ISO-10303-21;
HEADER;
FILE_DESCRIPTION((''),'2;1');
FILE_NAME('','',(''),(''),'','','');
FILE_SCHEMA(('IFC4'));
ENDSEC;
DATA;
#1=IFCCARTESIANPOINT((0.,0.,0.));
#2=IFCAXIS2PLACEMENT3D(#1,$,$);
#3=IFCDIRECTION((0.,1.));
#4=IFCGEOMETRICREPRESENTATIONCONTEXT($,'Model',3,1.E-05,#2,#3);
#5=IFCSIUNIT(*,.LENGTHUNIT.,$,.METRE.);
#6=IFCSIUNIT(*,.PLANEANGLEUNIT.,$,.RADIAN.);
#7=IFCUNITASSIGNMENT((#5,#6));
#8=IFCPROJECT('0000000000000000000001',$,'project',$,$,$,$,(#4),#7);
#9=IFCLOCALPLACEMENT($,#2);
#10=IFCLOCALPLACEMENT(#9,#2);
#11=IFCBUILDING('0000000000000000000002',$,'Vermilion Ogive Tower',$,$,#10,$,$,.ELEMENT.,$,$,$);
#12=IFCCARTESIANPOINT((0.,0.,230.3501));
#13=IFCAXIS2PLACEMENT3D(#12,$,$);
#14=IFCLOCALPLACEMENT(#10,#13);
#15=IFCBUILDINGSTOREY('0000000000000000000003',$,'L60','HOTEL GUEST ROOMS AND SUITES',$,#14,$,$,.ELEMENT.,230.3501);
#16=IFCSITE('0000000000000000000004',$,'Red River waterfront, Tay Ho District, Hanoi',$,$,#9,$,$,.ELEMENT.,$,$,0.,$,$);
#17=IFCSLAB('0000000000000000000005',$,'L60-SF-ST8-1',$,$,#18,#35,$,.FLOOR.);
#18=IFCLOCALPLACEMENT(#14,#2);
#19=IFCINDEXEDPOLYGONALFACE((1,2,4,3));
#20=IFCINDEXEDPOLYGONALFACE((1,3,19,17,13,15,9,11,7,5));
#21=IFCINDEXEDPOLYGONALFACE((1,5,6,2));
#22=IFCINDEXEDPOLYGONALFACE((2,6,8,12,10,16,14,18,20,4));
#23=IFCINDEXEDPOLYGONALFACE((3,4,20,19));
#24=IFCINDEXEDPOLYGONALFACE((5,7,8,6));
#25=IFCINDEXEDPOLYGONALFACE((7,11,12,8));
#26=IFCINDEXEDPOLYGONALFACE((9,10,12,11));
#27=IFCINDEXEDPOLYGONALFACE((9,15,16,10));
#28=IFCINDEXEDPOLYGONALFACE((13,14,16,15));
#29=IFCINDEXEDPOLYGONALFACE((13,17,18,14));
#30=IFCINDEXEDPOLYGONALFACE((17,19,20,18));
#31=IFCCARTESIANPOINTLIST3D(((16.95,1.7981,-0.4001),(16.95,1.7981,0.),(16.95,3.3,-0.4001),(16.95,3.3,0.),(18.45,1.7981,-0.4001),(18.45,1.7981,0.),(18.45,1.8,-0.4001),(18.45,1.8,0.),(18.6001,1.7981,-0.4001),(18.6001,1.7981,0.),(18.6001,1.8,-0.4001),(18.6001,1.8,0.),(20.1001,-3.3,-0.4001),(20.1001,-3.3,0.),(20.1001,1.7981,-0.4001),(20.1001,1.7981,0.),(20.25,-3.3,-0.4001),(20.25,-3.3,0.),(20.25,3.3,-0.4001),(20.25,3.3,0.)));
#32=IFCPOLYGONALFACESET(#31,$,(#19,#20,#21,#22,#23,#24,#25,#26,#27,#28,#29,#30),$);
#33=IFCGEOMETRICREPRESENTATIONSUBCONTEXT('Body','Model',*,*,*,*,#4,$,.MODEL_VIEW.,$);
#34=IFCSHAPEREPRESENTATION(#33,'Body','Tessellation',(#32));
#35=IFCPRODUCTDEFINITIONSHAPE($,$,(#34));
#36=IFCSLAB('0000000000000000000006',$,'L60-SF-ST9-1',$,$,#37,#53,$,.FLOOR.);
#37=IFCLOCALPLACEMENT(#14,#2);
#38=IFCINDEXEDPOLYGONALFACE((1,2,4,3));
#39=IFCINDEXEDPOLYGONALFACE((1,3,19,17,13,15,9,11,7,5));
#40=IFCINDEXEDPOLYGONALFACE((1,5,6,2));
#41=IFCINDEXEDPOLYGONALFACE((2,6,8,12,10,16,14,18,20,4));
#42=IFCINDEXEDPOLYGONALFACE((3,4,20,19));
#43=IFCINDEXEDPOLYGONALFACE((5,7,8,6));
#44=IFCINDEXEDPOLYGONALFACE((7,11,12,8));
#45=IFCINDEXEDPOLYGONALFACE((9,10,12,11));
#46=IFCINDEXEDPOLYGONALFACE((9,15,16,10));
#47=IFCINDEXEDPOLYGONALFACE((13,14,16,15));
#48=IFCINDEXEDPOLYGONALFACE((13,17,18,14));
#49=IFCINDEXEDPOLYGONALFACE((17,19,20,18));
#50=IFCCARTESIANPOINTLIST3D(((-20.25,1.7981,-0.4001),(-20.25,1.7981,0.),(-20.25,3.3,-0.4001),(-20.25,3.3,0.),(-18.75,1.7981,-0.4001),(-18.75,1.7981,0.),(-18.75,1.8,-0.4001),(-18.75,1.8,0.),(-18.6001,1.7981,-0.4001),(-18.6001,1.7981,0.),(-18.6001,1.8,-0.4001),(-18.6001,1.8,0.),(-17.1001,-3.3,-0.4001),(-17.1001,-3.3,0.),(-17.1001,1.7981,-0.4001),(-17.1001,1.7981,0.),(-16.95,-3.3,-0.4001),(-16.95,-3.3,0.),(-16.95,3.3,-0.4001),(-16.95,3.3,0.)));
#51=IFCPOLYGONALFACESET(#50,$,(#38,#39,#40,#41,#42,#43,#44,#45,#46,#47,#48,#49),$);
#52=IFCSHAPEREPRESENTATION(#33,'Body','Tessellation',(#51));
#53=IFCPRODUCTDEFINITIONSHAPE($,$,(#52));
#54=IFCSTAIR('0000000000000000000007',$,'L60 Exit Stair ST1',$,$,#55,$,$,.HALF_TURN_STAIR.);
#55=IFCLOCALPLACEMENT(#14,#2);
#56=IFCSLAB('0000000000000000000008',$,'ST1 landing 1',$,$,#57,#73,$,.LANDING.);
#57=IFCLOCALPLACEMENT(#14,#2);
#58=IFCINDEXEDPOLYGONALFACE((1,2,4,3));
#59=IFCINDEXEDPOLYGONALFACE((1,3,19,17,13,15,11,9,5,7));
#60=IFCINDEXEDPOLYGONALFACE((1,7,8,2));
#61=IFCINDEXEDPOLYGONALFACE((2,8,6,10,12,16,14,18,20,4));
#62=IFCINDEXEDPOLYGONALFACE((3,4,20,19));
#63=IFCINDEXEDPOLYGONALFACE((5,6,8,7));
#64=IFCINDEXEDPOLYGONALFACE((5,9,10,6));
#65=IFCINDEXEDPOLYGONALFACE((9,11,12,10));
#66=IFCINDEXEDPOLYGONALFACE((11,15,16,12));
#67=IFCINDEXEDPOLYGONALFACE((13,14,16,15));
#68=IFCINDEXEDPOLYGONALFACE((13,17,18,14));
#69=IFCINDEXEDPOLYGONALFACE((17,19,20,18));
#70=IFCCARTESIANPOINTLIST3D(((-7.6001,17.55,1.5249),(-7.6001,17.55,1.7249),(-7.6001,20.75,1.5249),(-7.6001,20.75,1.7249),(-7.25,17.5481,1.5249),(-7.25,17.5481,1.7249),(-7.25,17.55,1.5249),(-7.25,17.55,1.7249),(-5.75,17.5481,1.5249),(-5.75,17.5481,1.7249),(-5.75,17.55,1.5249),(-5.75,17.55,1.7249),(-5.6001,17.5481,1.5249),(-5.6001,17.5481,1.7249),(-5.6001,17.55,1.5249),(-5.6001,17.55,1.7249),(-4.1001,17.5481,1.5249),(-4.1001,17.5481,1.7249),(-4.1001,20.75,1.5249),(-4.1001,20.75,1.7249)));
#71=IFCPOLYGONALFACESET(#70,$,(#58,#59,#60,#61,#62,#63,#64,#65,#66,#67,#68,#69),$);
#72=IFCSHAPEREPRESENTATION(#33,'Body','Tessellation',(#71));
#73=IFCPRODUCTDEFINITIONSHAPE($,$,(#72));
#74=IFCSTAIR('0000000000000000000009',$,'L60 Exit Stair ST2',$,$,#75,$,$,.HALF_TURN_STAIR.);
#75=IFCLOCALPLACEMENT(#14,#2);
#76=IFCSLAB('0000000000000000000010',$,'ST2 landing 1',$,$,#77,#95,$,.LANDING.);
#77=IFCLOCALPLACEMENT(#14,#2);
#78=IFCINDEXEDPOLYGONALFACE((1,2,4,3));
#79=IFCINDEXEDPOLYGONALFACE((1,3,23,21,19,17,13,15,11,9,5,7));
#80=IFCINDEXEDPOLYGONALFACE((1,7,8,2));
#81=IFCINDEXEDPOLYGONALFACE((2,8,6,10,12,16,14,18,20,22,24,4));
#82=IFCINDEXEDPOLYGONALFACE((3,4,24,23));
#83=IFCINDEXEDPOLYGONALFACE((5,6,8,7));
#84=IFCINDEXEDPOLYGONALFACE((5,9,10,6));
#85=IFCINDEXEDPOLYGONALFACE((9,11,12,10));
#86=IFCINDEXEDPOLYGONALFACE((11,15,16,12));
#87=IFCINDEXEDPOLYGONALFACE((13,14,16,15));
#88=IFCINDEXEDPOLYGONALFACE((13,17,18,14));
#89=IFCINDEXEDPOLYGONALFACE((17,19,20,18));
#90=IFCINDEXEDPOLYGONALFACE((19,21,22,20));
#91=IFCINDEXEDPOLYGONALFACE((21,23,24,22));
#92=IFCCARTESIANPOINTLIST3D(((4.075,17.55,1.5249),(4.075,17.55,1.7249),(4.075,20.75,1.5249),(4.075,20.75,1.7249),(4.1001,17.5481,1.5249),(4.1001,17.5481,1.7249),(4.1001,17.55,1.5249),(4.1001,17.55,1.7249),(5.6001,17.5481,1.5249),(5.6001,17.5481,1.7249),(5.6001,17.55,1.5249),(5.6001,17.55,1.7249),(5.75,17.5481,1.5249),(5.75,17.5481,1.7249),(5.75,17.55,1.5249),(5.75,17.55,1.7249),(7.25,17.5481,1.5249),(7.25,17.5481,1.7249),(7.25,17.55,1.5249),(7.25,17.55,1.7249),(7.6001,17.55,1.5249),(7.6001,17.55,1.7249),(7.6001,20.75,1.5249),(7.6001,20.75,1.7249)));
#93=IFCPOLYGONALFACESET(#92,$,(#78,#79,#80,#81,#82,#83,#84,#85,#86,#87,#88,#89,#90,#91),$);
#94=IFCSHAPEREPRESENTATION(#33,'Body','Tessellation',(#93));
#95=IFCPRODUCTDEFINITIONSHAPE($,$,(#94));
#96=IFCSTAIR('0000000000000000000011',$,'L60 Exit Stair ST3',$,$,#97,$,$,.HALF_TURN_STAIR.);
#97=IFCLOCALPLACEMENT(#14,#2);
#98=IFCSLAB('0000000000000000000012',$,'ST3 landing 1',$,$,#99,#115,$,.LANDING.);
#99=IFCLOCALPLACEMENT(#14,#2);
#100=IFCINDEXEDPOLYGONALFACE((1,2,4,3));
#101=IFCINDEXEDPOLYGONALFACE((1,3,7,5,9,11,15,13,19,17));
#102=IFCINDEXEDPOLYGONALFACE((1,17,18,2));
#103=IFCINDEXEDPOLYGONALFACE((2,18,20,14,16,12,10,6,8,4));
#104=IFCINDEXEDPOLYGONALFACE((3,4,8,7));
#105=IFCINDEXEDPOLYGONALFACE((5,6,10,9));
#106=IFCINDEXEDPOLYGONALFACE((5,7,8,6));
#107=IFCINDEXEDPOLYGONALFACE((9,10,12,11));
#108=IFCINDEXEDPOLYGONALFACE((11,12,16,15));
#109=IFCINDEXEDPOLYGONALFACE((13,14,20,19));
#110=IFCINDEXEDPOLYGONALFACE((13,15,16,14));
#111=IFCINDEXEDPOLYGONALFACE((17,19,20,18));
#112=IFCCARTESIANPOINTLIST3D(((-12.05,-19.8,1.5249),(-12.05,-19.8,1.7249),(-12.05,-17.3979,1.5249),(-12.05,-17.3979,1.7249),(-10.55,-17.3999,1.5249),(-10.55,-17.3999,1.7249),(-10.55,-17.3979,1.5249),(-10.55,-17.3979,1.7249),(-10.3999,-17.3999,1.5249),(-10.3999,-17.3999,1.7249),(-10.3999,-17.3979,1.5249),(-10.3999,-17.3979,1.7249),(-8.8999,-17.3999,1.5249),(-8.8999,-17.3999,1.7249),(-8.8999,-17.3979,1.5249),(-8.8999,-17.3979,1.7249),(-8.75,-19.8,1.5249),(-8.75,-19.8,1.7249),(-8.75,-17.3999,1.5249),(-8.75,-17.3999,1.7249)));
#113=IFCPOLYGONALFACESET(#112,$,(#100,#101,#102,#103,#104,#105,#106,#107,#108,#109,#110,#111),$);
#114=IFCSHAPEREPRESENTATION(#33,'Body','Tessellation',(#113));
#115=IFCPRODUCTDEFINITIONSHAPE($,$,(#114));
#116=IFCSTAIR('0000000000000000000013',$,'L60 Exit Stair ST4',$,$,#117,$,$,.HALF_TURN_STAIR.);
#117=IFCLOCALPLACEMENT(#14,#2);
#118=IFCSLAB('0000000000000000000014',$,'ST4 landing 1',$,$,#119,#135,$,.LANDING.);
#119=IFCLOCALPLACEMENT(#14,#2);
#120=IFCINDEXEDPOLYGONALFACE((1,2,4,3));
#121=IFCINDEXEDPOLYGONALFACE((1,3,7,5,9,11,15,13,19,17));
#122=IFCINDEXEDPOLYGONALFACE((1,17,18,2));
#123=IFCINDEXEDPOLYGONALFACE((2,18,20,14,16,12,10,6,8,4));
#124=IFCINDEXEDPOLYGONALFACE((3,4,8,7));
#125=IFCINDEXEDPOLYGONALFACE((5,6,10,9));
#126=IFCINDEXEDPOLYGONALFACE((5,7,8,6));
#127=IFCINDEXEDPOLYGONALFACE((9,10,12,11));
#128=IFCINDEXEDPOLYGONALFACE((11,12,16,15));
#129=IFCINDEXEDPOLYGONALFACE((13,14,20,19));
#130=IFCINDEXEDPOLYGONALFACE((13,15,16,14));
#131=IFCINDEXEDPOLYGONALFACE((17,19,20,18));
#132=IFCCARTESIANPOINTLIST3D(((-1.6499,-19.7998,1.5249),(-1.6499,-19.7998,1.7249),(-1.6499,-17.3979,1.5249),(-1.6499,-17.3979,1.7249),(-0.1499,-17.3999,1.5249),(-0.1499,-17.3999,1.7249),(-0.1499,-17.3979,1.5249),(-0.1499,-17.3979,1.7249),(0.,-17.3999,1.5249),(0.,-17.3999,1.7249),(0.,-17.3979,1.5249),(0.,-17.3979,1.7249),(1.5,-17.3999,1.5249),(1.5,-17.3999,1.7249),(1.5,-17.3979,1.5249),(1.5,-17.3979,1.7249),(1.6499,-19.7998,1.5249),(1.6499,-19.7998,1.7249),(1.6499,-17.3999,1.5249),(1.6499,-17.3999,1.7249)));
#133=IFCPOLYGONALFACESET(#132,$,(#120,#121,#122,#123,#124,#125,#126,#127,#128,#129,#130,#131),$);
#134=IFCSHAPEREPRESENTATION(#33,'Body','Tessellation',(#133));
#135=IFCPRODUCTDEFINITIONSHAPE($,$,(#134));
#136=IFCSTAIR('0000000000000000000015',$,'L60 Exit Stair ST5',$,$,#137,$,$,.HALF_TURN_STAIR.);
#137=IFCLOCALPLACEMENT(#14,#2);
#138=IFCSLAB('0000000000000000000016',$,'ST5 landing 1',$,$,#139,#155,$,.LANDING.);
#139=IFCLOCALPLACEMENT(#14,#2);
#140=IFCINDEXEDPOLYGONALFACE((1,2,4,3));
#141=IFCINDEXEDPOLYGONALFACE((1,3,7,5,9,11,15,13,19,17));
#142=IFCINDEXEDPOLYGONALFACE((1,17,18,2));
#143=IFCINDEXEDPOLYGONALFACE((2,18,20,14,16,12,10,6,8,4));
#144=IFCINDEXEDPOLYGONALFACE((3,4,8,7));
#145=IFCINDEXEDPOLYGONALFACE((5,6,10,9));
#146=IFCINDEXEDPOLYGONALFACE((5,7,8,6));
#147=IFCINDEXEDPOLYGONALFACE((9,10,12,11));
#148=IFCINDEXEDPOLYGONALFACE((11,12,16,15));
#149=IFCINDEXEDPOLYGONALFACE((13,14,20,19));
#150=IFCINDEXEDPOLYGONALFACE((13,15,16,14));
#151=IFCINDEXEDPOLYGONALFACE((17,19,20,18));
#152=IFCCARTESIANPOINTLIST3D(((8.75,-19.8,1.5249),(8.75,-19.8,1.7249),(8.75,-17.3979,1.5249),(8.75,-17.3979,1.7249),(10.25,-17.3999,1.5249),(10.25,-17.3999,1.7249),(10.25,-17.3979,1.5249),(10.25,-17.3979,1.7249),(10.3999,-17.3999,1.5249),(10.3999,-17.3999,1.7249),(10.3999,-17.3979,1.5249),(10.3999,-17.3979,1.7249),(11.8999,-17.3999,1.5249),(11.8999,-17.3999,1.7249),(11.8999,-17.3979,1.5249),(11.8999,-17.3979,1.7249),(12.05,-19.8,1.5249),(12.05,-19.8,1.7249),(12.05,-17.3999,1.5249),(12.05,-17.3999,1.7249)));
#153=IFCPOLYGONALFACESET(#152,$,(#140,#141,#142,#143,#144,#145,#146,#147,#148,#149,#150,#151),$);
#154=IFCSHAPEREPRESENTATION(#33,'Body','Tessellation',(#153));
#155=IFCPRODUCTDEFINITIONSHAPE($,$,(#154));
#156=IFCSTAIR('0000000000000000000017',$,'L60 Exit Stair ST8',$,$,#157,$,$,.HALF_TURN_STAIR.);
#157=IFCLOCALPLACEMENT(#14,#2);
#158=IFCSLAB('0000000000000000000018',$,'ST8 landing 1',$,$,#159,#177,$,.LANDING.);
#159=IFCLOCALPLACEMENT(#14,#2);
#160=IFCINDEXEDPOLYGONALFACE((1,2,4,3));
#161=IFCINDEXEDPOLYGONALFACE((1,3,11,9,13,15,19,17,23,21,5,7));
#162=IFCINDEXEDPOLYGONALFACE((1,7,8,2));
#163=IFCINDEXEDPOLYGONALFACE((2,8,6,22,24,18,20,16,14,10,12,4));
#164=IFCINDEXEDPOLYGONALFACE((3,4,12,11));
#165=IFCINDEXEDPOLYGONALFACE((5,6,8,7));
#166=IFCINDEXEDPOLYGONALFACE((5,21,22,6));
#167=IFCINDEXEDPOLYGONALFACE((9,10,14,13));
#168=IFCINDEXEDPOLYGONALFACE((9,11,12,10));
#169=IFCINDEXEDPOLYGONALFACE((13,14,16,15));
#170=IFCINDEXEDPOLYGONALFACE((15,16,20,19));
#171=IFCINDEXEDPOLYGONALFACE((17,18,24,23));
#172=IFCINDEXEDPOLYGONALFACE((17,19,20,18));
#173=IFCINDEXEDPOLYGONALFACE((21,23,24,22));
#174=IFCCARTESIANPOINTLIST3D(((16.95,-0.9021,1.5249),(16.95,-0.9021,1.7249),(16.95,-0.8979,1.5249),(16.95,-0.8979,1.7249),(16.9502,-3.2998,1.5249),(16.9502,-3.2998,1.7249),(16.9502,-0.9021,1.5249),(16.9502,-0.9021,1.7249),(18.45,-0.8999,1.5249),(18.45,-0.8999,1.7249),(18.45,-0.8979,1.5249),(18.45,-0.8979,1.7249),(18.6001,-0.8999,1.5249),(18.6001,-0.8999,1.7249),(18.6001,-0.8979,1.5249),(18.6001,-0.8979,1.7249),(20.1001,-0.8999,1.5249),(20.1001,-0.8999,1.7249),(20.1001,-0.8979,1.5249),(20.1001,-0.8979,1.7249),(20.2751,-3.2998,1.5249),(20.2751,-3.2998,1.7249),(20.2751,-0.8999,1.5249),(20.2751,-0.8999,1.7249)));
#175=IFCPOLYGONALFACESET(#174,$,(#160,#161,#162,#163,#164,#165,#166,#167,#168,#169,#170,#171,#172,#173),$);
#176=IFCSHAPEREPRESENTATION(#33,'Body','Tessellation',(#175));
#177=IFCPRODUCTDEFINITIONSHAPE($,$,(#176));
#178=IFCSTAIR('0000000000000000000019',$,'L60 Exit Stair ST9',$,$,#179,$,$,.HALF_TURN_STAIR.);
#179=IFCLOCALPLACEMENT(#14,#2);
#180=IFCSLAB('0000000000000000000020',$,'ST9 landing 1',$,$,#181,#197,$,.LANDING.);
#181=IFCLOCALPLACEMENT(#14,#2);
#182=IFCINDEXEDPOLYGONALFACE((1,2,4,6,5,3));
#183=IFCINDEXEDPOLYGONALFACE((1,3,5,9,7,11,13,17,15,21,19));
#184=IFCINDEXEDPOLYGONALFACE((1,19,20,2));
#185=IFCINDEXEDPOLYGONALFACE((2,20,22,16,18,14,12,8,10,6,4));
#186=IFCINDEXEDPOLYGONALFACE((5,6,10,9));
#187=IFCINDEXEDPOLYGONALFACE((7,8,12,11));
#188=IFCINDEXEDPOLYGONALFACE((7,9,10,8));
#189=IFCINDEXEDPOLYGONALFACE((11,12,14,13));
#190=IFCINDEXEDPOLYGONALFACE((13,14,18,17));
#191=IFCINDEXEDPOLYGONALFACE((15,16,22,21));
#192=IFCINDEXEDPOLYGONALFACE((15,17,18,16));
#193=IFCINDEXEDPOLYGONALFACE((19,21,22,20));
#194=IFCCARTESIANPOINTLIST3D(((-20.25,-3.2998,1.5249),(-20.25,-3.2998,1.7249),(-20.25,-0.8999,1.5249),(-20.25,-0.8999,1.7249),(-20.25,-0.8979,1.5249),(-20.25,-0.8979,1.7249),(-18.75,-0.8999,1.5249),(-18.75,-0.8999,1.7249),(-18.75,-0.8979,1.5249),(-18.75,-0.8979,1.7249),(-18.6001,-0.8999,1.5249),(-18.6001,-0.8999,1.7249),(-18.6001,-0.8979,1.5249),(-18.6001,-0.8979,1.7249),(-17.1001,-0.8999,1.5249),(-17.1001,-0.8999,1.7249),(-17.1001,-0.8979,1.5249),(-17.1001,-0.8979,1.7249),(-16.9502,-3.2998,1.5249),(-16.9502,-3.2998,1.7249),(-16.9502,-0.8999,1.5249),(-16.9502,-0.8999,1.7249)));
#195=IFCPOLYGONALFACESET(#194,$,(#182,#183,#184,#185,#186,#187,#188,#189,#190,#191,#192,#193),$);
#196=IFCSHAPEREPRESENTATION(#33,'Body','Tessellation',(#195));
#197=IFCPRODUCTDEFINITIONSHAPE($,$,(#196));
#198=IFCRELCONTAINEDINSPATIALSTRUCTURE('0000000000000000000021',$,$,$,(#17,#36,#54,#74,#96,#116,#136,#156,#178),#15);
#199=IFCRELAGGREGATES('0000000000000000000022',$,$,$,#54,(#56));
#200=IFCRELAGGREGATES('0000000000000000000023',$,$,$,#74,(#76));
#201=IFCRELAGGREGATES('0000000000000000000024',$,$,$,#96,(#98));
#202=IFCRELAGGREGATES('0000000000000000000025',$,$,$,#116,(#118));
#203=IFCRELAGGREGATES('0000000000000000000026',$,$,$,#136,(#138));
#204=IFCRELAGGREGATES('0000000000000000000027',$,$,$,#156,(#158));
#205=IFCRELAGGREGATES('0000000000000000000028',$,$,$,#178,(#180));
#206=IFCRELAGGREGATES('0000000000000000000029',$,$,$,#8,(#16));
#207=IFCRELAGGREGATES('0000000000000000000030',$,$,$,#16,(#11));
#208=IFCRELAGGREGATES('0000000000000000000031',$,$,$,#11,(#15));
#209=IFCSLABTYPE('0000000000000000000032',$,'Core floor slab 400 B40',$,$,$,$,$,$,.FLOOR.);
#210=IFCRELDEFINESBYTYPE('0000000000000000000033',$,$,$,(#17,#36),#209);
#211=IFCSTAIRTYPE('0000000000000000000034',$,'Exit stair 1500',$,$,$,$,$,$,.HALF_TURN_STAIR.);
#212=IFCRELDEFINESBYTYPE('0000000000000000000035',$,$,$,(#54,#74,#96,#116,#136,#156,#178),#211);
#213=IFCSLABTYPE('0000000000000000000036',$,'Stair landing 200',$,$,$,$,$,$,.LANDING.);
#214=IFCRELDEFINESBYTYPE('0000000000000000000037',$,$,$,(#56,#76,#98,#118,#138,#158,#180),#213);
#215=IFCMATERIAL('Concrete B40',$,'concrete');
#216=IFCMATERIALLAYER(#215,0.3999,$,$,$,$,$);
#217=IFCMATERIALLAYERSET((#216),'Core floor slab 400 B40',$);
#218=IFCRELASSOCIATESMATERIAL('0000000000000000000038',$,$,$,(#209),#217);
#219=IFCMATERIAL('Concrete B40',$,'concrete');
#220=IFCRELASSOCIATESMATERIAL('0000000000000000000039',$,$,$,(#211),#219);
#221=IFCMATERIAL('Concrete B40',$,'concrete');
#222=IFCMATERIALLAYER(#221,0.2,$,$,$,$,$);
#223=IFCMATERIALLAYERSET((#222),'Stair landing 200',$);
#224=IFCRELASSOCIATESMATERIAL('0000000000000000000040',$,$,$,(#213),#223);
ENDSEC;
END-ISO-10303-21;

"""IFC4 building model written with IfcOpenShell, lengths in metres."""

from ifc_helpers import new_model, si_unit, direction, frame, origin, place, context, subcontext, project, spatial, polyline, outline, extrude, material, layer, layer_set, type_object, element, aggregate, save


model = new_model("IFC4")

# Units and contexts
model_context = context("Model", 3, precision=1e-05, world=origin(), true_north=direction((0.0, 1.0)))
body_context = subcontext(model_context, "Body", "Model", "MODEL_VIEW")
ifc_project = project(units=[si_unit("LENGTHUNIT", "METRE"), si_unit("PLANEANGLEUNIT", "RADIAN")], contexts=[model_context])

# Site, building, storey
site_placement = place(None, origin())
site = spatial("IfcSite", under=ifc_project, at=site_placement, Name="Red River waterfront, Tay Ho District, Hanoi", CompositionType="ELEMENT", RefElevation=0.0)
building_placement = place(site_placement, origin())
building = spatial("IfcBuilding", under=site, at=building_placement, Name="Vermilion Ogive Tower", CompositionType="ELEMENT")
storey_placement = place(building_placement, frame((0.0, 0.0, 230.3501)))
storey = spatial("IfcBuildingStorey", under=building, at=storey_placement, Name="L60", Description="HOTEL GUEST ROOMS AND SUITES", CompositionType="ELEMENT", Elevation=230.3501)

# Slabs
ifc_material_1 = material(Name="Concrete B40", Category="concrete")
ifc_layer_1 = layer(ifc_material_1, 0.3999)
ifc_layer_set_1 = layer_set([ifc_layer_1], Name="Core floor slab 400 B40")
slab_type_1 = type_object("IfcSlabType", Name="Core floor slab 400 B40", PredefinedType="FLOOR", material=ifc_layer_set_1)
slab_1_placement = place(storey_placement, frame((0.0, 0.0, -0.4001)))
element("IfcSlab", 1, at=slab_1_placement, inside=storey, type_object=slab_type_1, Name="L60-SF-ST8-1", PredefinedType="FLOOR", context=body_context, shape_type="SweptSolid", body=[
    extrude(outline(polyline([(16.95, 3.3), (16.95, 1.7981), (18.45, 1.7981), (18.45, 1.8), (18.6001, 1.8), (18.6001, 1.7981), (20.1001, 1.7981), (20.1001, -3.3), (20.25, -3.3), (20.25, 3.3), (16.95, 3.3)])), origin(), (0.0, 0.0, 1.0), 0.4001),
])
slab_2_placement = place(storey_placement, frame((0.0, 0.0, -0.4001)))
element("IfcSlab", 2, at=slab_2_placement, inside=storey, type_object=slab_type_1, Name="L60-SF-ST9-1", PredefinedType="FLOOR", context=body_context, shape_type="SweptSolid", body=[
    extrude(outline(polyline([(-20.25, 3.3), (-20.25, 1.7981), (-18.75, 1.7981), (-18.75, 1.8), (-18.6001, 1.8), (-18.6001, 1.7981), (-17.1001, 1.7981), (-17.1001, -3.3), (-16.95, -3.3), (-16.95, 3.3), (-20.25, 3.3)])), origin(), (0.0, 0.0, 1.0), 0.4001),
])

# Stairs, slabs
ifc_material_2 = material(Name="Concrete B40", Category="concrete")
stair_type = type_object("IfcStairType", Name="Exit stair 1500", PredefinedType="HALF_TURN_STAIR", material=ifc_material_2)
stair_1_placement = place(storey_placement, origin())
stair_1 = element("IfcStair", 3, at=stair_1_placement, inside=storey, type_object=stair_type, Name="L60 Exit Stair ST1", PredefinedType="HALF_TURN_STAIR")
ifc_material_3 = material(Name="Concrete B40", Category="concrete")
ifc_layer_2 = layer(ifc_material_3, 0.2)
ifc_layer_set_2 = layer_set([ifc_layer_2], Name="Stair landing 200")
slab_type_2 = type_object("IfcSlabType", Name="Stair landing 200", PredefinedType="LANDING", material=ifc_layer_set_2)
slab_3_placement = place(storey_placement, frame((0.0, 0.0, 1.5249)))
slab_3 = element("IfcSlab", 4, at=slab_3_placement, type_object=slab_type_2, Name="ST1 landing 1", PredefinedType="LANDING", context=body_context, shape_type="SweptSolid", body=[
    extrude(outline(polyline([(-7.6001, 17.55), (-7.25, 17.55), (-7.25, 17.5481), (-5.75, 17.5481), (-5.75, 17.55), (-5.6001, 17.55), (-5.6001, 17.5481), (-4.1001, 17.5481), (-4.1001, 20.75), (-7.6001, 20.75), (-7.6001, 17.55)])), origin(), (0.0, 0.0, 1.0), 0.2),
])
aggregate(stair_1, [slab_3])
stair_2_placement = place(storey_placement, origin())
stair_2 = element("IfcStair", 5, at=stair_2_placement, inside=storey, type_object=stair_type, Name="L60 Exit Stair ST2", PredefinedType="HALF_TURN_STAIR")
slab_4_placement = place(storey_placement, frame((0.0, 0.0, 1.5249)))
slab_4 = element("IfcSlab", 6, at=slab_4_placement, type_object=slab_type_2, Name="ST2 landing 1", PredefinedType="LANDING", context=body_context, shape_type="SweptSolid", body=[
    extrude(outline(polyline([(5.6001, 17.55), (5.75, 17.55), (5.75, 17.5481), (7.25, 17.5481), (7.25, 17.55), (7.6001, 17.55), (7.6001, 20.75), (4.075, 20.75), (4.075, 17.55), (4.1001, 17.55), (4.1001, 17.5481), (5.6001, 17.5481), (5.6001, 17.55)])), origin(), (0.0, 0.0, 1.0), 0.2),
])
aggregate(stair_2, [slab_4])
stair_3_placement = place(storey_placement, origin())
stair_3 = element("IfcStair", 7, at=stair_3_placement, inside=storey, type_object=stair_type, Name="L60 Exit Stair ST3", PredefinedType="HALF_TURN_STAIR")
slab_5_placement = place(storey_placement, frame((0.0, 0.0, 1.5249)))
slab_5 = element("IfcSlab", 8, at=slab_5_placement, type_object=slab_type_2, Name="ST3 landing 1", PredefinedType="LANDING", context=body_context, shape_type="SweptSolid", body=[
    extrude(outline(polyline([(-8.75, -17.3999), (-8.8999, -17.3999), (-8.8999, -17.3979), (-10.3999, -17.3979), (-10.3999, -17.3999), (-10.55, -17.3999), (-10.55, -17.3979), (-12.05, -17.3979), (-12.05, -19.8), (-8.75, -19.8), (-8.75, -17.3999)])), origin(), (0.0, 0.0, 1.0), 0.2),
])
aggregate(stair_3, [slab_5])
stair_4_placement = place(storey_placement, origin())
stair_4 = element("IfcStair", 9, at=stair_4_placement, inside=storey, type_object=stair_type, Name="L60 Exit Stair ST4", PredefinedType="HALF_TURN_STAIR")
slab_6_placement = place(storey_placement, frame((0.0, 0.0, 1.5249)))
slab_6 = element("IfcSlab", 10, at=slab_6_placement, type_object=slab_type_2, Name="ST4 landing 1", PredefinedType="LANDING", context=body_context, shape_type="SweptSolid", body=[
    extrude(outline(polyline([(1.6499, -17.3999), (1.5, -17.3999), (1.5, -17.3979), (0.0, -17.3979), (0.0, -17.3999), (-0.1499, -17.3999), (-0.1499, -17.3979), (-1.6499, -17.3979), (-1.6499, -19.7998), (1.6499, -19.7998), (1.6499, -17.3999)])), origin(), (0.0, 0.0, 1.0), 0.2),
])
aggregate(stair_4, [slab_6])
stair_5_placement = place(storey_placement, origin())
stair_5 = element("IfcStair", 11, at=stair_5_placement, inside=storey, type_object=stair_type, Name="L60 Exit Stair ST5", PredefinedType="HALF_TURN_STAIR")
slab_7_placement = place(storey_placement, frame((0.0, 0.0, 1.5249)))
slab_7 = element("IfcSlab", 12, at=slab_7_placement, type_object=slab_type_2, Name="ST5 landing 1", PredefinedType="LANDING", context=body_context, shape_type="SweptSolid", body=[
    extrude(outline(polyline([(12.05, -17.3999), (11.8999, -17.3999), (11.8999, -17.3979), (10.3999, -17.3979), (10.3999, -17.3999), (10.25, -17.3999), (10.25, -17.3979), (8.75, -17.3979), (8.75, -19.8), (12.05, -19.8), (12.05, -17.3999)])), origin(), (0.0, 0.0, 1.0), 0.2),
])
aggregate(stair_5, [slab_7])
stair_6_placement = place(storey_placement, origin())
stair_6 = element("IfcStair", 13, at=stair_6_placement, inside=storey, type_object=stair_type, Name="L60 Exit Stair ST8", PredefinedType="HALF_TURN_STAIR")
slab_8_placement = place(storey_placement, frame((0.0, 0.0, 1.5249)))
slab_8 = element("IfcSlab", 14, at=slab_8_placement, type_object=slab_type_2, Name="ST8 landing 1", PredefinedType="LANDING", context=body_context, shape_type="SweptSolid", body=[
    extrude(outline(polyline([(20.2751, -0.8999), (20.1001, -0.8999), (20.1001, -0.8979), (18.6001, -0.8979), (18.6001, -0.8999), (18.45, -0.8999), (18.45, -0.8979), (16.95, -0.8979), (16.95, -0.9021), (16.9502, -0.9021), (16.9502, -3.2998), (20.2751, -3.2998), (20.2751, -0.8999)])), origin(), (0.0, 0.0, 1.0), 0.2),
])
aggregate(stair_6, [slab_8])
stair_7_placement = place(storey_placement, origin())
stair_7 = element("IfcStair", 15, at=stair_7_placement, inside=storey, type_object=stair_type, Name="L60 Exit Stair ST9", PredefinedType="HALF_TURN_STAIR")
slab_9_placement = place(storey_placement, frame((0.0, 0.0, 1.5249)))
slab_9 = element("IfcSlab", 16, at=slab_9_placement, type_object=slab_type_2, Name="ST9 landing 1", PredefinedType="LANDING", context=body_context, shape_type="SweptSolid", body=[
    extrude(outline(polyline([(-16.9502, -0.8999), (-17.1001, -0.8999), (-17.1001, -0.8979), (-18.6001, -0.8979), (-18.6001, -0.8999), (-18.75, -0.8999), (-18.75, -0.8979), (-20.25, -0.8979), (-20.25, -0.8999), (-20.25, -0.8999), (-20.25, -3.2998), (-16.9502, -3.2998), (-16.9502, -0.8999)])), origin(), (0.0, 0.0, 1.0), 0.2),
])
aggregate(stair_7, [slab_9])

save(model, "model.ifc")
